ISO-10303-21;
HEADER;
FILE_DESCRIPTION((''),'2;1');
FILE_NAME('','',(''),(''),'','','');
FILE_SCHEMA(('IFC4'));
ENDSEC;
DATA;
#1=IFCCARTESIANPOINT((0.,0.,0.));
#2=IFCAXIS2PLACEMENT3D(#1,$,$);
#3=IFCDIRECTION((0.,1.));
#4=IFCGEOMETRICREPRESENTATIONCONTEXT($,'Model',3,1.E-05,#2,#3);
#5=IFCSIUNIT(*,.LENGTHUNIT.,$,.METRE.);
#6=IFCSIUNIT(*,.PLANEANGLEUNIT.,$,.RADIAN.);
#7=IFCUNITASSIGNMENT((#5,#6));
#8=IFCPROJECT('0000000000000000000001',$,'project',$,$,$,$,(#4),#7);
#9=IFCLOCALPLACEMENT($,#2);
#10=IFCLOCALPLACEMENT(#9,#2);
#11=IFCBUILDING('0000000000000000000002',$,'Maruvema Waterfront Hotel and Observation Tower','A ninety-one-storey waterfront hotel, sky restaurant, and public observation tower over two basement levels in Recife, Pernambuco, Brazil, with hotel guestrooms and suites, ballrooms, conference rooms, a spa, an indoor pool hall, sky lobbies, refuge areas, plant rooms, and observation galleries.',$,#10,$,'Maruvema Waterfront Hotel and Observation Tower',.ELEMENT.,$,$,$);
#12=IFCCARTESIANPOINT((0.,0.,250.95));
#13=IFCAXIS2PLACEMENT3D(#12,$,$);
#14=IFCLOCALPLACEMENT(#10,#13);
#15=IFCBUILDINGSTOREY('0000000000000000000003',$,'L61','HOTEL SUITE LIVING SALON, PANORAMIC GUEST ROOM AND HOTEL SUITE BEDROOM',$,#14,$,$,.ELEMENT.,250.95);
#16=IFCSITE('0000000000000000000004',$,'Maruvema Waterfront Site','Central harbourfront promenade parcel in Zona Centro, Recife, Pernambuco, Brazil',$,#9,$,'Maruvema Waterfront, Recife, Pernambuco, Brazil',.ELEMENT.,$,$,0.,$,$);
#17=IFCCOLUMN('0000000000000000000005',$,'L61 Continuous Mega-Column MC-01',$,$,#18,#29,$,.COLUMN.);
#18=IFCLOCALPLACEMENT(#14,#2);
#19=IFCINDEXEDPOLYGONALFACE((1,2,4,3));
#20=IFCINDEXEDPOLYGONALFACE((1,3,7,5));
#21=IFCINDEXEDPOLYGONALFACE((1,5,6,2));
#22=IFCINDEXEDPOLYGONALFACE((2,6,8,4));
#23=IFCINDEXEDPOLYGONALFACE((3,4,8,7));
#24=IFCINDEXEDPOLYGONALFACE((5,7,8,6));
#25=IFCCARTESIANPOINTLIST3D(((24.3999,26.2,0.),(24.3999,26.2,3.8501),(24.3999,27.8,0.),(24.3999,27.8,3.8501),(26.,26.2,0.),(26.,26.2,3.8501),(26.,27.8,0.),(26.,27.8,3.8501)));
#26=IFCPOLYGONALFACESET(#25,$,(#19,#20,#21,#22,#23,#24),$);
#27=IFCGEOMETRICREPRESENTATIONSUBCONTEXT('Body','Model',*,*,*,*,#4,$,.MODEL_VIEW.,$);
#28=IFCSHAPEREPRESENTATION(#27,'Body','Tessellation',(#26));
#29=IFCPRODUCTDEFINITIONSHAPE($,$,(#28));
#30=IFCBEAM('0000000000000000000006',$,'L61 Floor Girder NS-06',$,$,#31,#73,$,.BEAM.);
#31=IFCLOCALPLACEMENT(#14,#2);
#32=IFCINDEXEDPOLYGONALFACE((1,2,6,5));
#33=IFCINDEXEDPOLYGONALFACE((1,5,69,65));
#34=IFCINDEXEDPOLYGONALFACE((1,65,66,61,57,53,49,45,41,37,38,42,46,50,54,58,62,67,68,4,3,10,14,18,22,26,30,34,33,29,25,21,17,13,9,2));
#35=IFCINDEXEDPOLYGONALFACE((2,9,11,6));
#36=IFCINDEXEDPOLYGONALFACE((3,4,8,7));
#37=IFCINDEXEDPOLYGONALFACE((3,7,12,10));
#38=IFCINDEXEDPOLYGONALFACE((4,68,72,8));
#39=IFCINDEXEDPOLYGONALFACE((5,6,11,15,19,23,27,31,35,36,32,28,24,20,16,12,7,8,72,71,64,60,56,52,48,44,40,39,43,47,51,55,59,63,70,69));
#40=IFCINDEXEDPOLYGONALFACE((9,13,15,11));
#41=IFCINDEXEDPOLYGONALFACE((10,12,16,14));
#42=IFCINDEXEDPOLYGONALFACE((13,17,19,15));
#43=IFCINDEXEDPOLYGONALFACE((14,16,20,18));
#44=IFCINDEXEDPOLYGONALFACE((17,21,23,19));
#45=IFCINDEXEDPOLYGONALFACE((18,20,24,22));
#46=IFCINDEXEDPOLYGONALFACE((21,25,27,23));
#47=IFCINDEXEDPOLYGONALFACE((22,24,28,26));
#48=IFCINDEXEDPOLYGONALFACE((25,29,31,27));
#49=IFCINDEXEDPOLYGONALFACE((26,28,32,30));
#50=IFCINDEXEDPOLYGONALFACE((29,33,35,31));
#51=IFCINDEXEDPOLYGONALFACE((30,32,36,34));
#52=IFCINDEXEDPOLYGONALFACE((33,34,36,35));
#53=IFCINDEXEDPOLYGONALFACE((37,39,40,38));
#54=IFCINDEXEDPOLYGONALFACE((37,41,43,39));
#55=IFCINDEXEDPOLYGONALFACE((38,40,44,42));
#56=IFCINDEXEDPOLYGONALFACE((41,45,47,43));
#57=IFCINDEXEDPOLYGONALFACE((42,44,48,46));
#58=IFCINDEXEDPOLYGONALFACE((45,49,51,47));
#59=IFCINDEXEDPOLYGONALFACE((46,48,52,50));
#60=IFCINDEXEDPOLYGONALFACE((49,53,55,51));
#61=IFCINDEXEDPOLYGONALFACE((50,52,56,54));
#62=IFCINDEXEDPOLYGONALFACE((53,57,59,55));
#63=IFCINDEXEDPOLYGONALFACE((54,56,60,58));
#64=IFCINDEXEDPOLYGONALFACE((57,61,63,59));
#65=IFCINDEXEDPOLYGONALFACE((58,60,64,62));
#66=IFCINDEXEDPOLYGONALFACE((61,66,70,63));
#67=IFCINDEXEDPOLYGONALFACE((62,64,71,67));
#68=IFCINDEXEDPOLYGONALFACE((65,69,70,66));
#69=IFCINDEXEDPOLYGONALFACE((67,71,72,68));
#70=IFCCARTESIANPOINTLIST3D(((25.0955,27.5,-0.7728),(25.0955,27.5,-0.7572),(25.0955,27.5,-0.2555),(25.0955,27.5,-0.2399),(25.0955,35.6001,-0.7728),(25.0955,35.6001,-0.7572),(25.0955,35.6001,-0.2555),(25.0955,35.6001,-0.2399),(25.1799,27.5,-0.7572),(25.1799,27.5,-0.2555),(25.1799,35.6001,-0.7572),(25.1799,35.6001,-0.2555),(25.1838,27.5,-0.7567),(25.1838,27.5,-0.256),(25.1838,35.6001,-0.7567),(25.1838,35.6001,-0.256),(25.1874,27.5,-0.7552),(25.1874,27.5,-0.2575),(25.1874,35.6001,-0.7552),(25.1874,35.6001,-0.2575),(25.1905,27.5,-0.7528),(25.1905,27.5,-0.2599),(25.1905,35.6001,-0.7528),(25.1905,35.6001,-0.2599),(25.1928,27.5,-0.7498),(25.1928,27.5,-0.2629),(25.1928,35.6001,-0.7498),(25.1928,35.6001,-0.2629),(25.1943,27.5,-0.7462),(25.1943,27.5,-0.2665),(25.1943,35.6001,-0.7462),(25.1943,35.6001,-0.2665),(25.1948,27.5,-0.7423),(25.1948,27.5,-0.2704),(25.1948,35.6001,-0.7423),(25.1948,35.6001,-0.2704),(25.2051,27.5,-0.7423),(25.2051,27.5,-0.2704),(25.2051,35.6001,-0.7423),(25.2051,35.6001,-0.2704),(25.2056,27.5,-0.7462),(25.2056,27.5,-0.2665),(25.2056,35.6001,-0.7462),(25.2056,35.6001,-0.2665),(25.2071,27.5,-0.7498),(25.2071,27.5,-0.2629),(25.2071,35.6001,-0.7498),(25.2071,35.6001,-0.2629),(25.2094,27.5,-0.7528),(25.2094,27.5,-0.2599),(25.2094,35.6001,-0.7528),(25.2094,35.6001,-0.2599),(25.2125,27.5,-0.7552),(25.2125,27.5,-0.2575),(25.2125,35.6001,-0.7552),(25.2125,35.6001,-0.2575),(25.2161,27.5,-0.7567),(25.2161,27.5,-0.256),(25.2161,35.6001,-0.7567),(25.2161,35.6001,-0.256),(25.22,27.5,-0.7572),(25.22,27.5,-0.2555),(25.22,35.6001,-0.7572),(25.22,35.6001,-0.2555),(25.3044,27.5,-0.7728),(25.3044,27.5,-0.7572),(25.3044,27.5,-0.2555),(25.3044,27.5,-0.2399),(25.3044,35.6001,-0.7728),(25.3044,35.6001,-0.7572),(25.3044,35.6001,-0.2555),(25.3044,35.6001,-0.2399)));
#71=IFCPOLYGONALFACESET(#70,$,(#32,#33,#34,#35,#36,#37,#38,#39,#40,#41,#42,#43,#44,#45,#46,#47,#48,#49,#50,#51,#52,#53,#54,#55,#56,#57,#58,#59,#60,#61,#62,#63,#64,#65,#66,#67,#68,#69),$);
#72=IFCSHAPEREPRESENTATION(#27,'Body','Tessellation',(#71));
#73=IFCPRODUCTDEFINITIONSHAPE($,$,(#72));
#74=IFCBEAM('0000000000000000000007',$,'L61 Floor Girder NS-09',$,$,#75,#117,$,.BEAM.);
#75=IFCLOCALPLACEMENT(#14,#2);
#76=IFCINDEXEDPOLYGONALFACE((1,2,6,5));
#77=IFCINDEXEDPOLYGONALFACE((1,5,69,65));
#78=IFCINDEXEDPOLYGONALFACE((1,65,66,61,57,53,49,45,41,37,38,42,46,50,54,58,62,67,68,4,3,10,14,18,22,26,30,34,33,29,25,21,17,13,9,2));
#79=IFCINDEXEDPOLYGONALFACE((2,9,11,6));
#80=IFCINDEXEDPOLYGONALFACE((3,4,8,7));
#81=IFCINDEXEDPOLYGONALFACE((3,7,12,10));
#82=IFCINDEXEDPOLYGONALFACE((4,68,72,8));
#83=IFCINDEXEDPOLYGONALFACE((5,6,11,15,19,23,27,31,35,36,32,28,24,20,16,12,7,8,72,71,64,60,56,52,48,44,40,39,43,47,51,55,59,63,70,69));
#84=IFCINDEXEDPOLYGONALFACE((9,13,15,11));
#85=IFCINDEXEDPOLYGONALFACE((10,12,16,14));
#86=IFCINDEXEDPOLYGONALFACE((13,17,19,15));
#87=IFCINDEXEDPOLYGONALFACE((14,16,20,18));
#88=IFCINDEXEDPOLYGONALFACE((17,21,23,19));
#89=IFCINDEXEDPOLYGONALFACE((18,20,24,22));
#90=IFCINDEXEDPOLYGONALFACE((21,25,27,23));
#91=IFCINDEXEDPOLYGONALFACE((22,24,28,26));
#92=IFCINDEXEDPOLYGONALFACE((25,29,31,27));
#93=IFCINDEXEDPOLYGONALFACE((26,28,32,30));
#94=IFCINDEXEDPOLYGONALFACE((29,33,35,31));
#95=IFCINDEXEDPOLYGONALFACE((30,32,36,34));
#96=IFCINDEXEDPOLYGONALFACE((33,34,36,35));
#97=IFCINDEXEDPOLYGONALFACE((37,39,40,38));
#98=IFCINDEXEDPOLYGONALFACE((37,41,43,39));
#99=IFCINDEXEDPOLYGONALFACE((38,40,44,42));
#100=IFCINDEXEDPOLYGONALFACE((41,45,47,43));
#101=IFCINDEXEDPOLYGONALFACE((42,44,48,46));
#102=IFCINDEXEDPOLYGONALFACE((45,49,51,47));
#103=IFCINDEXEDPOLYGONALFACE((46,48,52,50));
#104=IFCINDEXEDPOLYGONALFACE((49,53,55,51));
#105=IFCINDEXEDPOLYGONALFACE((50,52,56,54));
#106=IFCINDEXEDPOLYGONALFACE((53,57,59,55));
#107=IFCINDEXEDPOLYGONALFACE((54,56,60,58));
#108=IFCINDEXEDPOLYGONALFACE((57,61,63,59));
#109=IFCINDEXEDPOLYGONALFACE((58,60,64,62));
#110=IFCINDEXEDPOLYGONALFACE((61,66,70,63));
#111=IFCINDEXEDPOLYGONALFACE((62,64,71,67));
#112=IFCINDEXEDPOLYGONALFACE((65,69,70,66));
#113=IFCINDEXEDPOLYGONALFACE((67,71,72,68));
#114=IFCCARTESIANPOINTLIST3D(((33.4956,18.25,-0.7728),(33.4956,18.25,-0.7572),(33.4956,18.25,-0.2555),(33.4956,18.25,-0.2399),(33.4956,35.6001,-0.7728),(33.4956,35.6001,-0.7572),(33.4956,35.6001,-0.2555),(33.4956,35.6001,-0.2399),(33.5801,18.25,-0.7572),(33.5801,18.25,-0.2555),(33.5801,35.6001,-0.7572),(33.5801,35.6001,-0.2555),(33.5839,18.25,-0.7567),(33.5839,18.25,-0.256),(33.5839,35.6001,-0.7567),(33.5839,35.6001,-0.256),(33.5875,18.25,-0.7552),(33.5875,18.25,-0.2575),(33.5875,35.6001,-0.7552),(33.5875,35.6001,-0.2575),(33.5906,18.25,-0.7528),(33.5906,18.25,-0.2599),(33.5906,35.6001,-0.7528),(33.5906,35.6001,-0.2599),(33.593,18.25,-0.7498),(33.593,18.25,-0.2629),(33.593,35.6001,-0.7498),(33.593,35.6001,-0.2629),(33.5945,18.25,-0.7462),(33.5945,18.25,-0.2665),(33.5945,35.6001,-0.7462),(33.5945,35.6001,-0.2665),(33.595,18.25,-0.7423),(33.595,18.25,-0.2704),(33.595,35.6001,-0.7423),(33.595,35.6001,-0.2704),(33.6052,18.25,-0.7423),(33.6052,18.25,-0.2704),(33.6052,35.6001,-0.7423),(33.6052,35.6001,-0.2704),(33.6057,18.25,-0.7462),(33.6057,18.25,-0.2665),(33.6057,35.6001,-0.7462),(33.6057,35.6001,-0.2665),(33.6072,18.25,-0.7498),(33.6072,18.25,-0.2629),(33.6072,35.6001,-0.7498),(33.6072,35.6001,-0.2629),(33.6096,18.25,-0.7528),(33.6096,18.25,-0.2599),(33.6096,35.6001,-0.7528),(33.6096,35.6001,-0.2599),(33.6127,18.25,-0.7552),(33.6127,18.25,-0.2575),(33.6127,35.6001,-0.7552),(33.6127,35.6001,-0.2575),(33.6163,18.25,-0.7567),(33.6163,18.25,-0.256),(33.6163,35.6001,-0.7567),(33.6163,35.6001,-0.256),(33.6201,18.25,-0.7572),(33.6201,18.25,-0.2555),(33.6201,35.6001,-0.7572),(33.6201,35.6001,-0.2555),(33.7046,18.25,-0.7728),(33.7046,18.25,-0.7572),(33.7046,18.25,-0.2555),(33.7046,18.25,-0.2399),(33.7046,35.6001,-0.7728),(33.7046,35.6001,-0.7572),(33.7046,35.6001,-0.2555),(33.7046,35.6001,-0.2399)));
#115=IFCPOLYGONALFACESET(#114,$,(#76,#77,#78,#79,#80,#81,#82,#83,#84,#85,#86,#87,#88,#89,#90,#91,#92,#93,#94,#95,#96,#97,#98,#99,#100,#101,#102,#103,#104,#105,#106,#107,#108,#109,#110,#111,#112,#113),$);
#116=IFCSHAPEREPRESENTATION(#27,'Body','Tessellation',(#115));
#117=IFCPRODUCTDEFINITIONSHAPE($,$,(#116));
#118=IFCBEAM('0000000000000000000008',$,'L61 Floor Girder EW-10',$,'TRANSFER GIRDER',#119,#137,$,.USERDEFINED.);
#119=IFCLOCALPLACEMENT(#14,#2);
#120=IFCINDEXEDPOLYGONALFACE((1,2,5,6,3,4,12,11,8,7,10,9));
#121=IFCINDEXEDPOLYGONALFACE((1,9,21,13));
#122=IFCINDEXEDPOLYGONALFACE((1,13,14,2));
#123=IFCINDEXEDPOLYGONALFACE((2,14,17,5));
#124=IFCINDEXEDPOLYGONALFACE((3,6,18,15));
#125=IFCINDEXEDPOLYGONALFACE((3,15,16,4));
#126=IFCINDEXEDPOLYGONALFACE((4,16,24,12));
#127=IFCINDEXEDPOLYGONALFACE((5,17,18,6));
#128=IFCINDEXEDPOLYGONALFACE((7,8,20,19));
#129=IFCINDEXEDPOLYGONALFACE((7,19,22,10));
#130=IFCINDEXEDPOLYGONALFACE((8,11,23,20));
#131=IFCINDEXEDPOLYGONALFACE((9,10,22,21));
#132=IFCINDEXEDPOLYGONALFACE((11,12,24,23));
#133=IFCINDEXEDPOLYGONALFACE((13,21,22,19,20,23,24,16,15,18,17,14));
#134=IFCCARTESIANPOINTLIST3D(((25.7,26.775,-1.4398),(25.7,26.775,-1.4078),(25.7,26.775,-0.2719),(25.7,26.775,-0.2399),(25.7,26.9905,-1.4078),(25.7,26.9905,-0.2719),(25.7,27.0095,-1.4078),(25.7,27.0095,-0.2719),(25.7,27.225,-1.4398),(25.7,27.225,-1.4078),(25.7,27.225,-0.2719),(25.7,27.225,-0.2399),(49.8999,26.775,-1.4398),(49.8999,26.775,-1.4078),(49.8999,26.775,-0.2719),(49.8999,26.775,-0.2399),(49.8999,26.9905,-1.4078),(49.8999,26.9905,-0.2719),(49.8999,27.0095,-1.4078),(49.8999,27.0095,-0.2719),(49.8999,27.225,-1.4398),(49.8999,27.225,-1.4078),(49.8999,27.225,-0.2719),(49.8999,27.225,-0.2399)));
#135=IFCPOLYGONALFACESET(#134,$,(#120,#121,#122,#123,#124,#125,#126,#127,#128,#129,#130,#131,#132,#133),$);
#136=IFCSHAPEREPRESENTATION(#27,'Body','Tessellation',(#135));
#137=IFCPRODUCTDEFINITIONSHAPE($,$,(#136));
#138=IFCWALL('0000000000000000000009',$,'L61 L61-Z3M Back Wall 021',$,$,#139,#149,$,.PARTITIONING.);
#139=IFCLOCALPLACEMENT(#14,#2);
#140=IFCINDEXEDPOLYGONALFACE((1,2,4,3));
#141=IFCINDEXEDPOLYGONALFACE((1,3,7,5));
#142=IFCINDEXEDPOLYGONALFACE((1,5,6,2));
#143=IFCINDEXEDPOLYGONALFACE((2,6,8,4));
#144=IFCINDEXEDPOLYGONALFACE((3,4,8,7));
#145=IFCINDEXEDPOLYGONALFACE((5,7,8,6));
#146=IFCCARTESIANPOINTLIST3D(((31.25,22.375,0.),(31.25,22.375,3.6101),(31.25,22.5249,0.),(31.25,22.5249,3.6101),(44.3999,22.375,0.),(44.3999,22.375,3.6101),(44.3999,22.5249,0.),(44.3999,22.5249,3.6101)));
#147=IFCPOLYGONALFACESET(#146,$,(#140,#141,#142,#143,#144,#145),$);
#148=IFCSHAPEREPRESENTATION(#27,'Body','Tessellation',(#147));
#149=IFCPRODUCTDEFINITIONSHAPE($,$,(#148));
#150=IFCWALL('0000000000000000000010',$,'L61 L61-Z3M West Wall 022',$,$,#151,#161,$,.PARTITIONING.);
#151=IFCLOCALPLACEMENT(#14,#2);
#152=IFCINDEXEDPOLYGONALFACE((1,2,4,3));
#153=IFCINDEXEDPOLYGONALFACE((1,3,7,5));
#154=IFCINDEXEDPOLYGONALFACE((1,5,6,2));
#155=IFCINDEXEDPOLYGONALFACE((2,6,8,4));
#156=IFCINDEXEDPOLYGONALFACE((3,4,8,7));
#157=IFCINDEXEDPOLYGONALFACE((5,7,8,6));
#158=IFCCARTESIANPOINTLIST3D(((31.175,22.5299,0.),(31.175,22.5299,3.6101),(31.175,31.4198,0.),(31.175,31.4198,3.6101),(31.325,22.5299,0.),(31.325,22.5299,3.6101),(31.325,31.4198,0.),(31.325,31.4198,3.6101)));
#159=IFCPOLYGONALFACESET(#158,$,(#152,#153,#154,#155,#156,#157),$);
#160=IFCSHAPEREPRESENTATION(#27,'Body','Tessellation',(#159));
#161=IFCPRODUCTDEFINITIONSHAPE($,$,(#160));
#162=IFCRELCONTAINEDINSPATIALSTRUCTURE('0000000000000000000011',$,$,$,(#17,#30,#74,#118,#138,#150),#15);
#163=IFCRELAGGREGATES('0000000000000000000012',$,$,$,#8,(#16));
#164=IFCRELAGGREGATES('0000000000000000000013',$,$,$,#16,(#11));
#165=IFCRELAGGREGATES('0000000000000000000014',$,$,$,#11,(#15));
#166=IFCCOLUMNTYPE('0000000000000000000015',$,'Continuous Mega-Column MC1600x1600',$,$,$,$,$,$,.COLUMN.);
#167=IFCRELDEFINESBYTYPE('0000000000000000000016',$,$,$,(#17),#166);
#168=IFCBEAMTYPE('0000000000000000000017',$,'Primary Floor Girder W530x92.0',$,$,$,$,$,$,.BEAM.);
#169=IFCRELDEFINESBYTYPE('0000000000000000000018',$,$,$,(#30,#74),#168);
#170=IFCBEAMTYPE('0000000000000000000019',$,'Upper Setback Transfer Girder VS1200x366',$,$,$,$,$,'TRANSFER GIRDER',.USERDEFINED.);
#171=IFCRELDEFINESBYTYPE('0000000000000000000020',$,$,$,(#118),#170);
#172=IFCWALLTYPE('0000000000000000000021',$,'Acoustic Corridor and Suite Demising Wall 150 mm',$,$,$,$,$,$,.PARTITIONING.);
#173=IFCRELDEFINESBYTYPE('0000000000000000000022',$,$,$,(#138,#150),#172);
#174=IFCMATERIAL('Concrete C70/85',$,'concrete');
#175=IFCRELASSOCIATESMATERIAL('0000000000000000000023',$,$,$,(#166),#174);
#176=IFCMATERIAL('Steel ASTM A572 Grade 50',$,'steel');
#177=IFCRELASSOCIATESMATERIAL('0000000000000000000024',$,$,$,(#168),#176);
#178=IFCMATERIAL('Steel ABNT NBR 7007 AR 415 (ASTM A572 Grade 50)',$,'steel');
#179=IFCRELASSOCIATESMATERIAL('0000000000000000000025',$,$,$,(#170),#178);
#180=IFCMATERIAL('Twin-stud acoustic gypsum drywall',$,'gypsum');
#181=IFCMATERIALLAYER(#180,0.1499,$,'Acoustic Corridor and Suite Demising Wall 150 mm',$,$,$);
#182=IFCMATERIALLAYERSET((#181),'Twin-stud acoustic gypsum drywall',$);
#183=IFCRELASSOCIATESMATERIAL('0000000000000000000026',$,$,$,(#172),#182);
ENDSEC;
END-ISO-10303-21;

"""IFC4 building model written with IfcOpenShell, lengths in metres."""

from ifc_helpers import new_model, si_unit, direction, frame, frame_2d, origin, origin_2d, place, context, subcontext, project, spatial, rectangle, i_section, extrude, material, layer, layer_set, material_profile, profile_set, type_object, element, save


model = new_model("IFC4")

# Units and contexts
model_context = context("Model", 3, precision=1e-05, world=origin(), true_north=direction((0.0, 1.0)))
body_context = subcontext(model_context, "Body", "Model", "MODEL_VIEW")
ifc_project = project(units=[si_unit("LENGTHUNIT", "METRE"), si_unit("PLANEANGLEUNIT", "RADIAN")], contexts=[model_context])

# Site, building, storey
site_placement = place(None, origin())
site = spatial("IfcSite", under=ifc_project, at=site_placement, Name="Maruvema Waterfront Site", Description="Central harbourfront promenade parcel in Zona Centro, Recife, Pernambuco, Brazil", LongName="Maruvema Waterfront, Recife, Pernambuco, Brazil", CompositionType="ELEMENT", RefElevation=0.0)
building_placement = place(site_placement, origin())
building = spatial("IfcBuilding", under=site, at=building_placement, Name="Maruvema Waterfront Hotel and Observation Tower", Description="A ninety-one-storey waterfront hotel, sky restaurant, and public observation tower over two basement levels in Recife, Pernambuco, Brazil, with hotel guestrooms and suites, ballrooms, conference rooms, a spa, an indoor pool hall, sky lobbies, refuge areas, plant rooms, and observation galleries.", LongName="Maruvema Waterfront Hotel and Observation Tower", CompositionType="ELEMENT")
storey_placement = place(building_placement, frame((0.0, 0.0, 250.95)))
storey = spatial("IfcBuildingStorey", under=building, at=storey_placement, Name="L61", Description="HOTEL SUITE LIVING SALON, PANORAMIC GUEST ROOM AND HOTEL SUITE BEDROOM", CompositionType="ELEMENT", Elevation=250.95)

# Column
ifc_material_1 = material(Name="Concrete C70/85", Category="concrete")
ifc_material_profile_1 = material_profile(ifc_material_1, rectangle(XDim=1.6001, YDim=1.6001, at=origin_2d()), Name="MC1600x1600")
ifc_profile_set_1 = profile_set([ifc_material_profile_1], Name="Concrete C70/85")
column_type = type_object("IfcColumnType", Name="Continuous Mega-Column MC1600x1600", PredefinedType="COLUMN", material=ifc_profile_set_1)
column_placement = place(storey_placement, frame((25.2, 27.0, 0.0), z_axis=(0.0, 0.0, 1.0), x_axis=(1.0, 0.0, 0.0)))
element("IfcColumn", 1, at=column_placement, inside=storey, type_object=column_type, Name="L61 Continuous Mega-Column MC-01", PredefinedType="COLUMN", context=body_context, shape_type="SweptSolid", body=[
    extrude(rectangle(XDim=1.6001, YDim=1.6001, at=origin_2d()), origin(), (0.0, 0.0, 1.0), 3.8501),
])

# Beams
ifc_material_2 = material(Name="Steel ASTM A572 Grade 50", Category="steel")
ifc_material_profile_2 = material_profile(ifc_material_2, i_section(OverallWidth=0.209, OverallDepth=0.533, WebThickness=0.0103, FlangeThickness=0.0156, FilletRadius=0.0149, at=origin_2d()), Name="W530x92.0")
ifc_profile_set_2 = profile_set([ifc_material_profile_2], Name="Steel ASTM A572 Grade 50")
beam_type_1 = type_object("IfcBeamType", Name="Primary Floor Girder W530x92.0", PredefinedType="BEAM", material=ifc_profile_set_2)
beam_1_placement = place(storey_placement, frame((25.2, 27.5, -0.5063), z_axis=(0.0, 1.0, 0.0), x_axis=(-1.0, 0.0, 0.0)))
element("IfcBeam", 2, at=beam_1_placement, inside=storey, type_object=beam_type_1, Name="L61 Floor Girder NS-06", PredefinedType="BEAM", context=body_context, shape_type="SweptSolid", body=[
    extrude(i_section(OverallWidth=0.209, OverallDepth=0.533, WebThickness=0.0103, FlangeThickness=0.0156, FilletRadius=0.0149, at=origin_2d()), origin(), (0.0, 0.0, 1.0), 8.1001),
])
beam_2_placement = place(storey_placement, frame((33.6001, 18.25, -0.5063), z_axis=(0.0, 1.0, 0.0), x_axis=(-1.0, 0.0, 0.0)))
element("IfcBeam", 3, at=beam_2_placement, inside=storey, type_object=beam_type_1, Name="L61 Floor Girder NS-09", PredefinedType="BEAM", context=body_context, shape_type="SweptSolid", body=[
    extrude(i_section(OverallWidth=0.209, OverallDepth=0.533, WebThickness=0.0103, FlangeThickness=0.0156, FilletRadius=0.0149, at=origin_2d()), origin(), (0.0, 0.0, 1.0), 17.3501),
])
ifc_material_3 = material(Name="Steel ABNT NBR 7007 AR 415 (ASTM A572 Grade 50)", Category="steel")
ifc_material_profile_3 = material_profile(ifc_material_3, i_section(OverallWidth=0.45, OverallDepth=1.2, WebThickness=0.019, FlangeThickness=0.032, at=origin_2d()), Name="VS1200x366")
ifc_profile_set_3 = profile_set([ifc_material_profile_3], Name="Steel ABNT NBR 7007 AR 415 (ASTM A572 Grade 50)")
beam_type_2 = type_object("IfcBeamType", Name="Upper Setback Transfer Girder VS1200x366", ElementType="TRANSFER GIRDER", PredefinedType="USERDEFINED", material=ifc_profile_set_3)
beam_3_placement = place(storey_placement, frame((25.7, 27.0, -0.8398), z_axis=(1.0, 0.0, 0.0), x_axis=(0.0, 1.0, 0.0)))
element("IfcBeam", 4, at=beam_3_placement, inside=storey, type_object=beam_type_2, Name="L61 Floor Girder EW-10", ObjectType="TRANSFER GIRDER", PredefinedType="USERDEFINED", context=body_context, shape_type="SweptSolid", body=[
    extrude(i_section(OverallWidth=0.45, OverallDepth=1.2, WebThickness=0.019, FlangeThickness=0.032, at=origin_2d()), origin(), (0.0, 0.0, 1.0), 24.2),
])

# Walls
ifc_material_4 = material(Name="Twin-stud acoustic gypsum drywall", Category="gypsum")
ifc_layer_1 = layer(ifc_material_4, 0.1499, Name="Acoustic Corridor and Suite Demising Wall 150 mm")
ifc_layer_set_1 = layer_set([ifc_layer_1], Name="Twin-stud acoustic gypsum drywall")
wall_type_1 = type_object("IfcWallType", Name="Acoustic Corridor and Suite Demising Wall 150 mm", PredefinedType="PARTITIONING", material=ifc_layer_set_1)
wall_1_placement = place(storey_placement, frame((31.25, 22.45, 0.0), z_axis=(0.0, 0.0, 1.0), x_axis=(1.0, 0.0, 0.0)))
element("IfcWall", 5, at=wall_1_placement, inside=storey, type_object=wall_type_1, Name="L61 L61-Z3M Back Wall 021", PredefinedType="PARTITIONING", context=body_context, shape_type="SweptSolid", body=[
    extrude(rectangle(XDim=13.1499, YDim=0.1499, at=frame_2d((6.575, 0.0))), origin(), (0.0, 0.0, 1.0), 3.6101),
])
wall_2_placement = place(storey_placement, frame((31.25, 22.53, 0.0), z_axis=(0.0, 0.0, 1.0), x_axis=(0.0, 1.0, 0.0)))
element("IfcWall", 6, at=wall_2_placement, inside=storey, type_object=wall_type_1, Name="L61 L61-Z3M West Wall 022", PredefinedType="PARTITIONING", context=body_context, shape_type="SweptSolid", body=[
    extrude(rectangle(XDim=8.8899, YDim=0.1499, at=frame_2d((4.4448, 0.0))), origin(), (0.0, 0.0, 1.0), 3.6101),
])

save(model, "model.ifc")
